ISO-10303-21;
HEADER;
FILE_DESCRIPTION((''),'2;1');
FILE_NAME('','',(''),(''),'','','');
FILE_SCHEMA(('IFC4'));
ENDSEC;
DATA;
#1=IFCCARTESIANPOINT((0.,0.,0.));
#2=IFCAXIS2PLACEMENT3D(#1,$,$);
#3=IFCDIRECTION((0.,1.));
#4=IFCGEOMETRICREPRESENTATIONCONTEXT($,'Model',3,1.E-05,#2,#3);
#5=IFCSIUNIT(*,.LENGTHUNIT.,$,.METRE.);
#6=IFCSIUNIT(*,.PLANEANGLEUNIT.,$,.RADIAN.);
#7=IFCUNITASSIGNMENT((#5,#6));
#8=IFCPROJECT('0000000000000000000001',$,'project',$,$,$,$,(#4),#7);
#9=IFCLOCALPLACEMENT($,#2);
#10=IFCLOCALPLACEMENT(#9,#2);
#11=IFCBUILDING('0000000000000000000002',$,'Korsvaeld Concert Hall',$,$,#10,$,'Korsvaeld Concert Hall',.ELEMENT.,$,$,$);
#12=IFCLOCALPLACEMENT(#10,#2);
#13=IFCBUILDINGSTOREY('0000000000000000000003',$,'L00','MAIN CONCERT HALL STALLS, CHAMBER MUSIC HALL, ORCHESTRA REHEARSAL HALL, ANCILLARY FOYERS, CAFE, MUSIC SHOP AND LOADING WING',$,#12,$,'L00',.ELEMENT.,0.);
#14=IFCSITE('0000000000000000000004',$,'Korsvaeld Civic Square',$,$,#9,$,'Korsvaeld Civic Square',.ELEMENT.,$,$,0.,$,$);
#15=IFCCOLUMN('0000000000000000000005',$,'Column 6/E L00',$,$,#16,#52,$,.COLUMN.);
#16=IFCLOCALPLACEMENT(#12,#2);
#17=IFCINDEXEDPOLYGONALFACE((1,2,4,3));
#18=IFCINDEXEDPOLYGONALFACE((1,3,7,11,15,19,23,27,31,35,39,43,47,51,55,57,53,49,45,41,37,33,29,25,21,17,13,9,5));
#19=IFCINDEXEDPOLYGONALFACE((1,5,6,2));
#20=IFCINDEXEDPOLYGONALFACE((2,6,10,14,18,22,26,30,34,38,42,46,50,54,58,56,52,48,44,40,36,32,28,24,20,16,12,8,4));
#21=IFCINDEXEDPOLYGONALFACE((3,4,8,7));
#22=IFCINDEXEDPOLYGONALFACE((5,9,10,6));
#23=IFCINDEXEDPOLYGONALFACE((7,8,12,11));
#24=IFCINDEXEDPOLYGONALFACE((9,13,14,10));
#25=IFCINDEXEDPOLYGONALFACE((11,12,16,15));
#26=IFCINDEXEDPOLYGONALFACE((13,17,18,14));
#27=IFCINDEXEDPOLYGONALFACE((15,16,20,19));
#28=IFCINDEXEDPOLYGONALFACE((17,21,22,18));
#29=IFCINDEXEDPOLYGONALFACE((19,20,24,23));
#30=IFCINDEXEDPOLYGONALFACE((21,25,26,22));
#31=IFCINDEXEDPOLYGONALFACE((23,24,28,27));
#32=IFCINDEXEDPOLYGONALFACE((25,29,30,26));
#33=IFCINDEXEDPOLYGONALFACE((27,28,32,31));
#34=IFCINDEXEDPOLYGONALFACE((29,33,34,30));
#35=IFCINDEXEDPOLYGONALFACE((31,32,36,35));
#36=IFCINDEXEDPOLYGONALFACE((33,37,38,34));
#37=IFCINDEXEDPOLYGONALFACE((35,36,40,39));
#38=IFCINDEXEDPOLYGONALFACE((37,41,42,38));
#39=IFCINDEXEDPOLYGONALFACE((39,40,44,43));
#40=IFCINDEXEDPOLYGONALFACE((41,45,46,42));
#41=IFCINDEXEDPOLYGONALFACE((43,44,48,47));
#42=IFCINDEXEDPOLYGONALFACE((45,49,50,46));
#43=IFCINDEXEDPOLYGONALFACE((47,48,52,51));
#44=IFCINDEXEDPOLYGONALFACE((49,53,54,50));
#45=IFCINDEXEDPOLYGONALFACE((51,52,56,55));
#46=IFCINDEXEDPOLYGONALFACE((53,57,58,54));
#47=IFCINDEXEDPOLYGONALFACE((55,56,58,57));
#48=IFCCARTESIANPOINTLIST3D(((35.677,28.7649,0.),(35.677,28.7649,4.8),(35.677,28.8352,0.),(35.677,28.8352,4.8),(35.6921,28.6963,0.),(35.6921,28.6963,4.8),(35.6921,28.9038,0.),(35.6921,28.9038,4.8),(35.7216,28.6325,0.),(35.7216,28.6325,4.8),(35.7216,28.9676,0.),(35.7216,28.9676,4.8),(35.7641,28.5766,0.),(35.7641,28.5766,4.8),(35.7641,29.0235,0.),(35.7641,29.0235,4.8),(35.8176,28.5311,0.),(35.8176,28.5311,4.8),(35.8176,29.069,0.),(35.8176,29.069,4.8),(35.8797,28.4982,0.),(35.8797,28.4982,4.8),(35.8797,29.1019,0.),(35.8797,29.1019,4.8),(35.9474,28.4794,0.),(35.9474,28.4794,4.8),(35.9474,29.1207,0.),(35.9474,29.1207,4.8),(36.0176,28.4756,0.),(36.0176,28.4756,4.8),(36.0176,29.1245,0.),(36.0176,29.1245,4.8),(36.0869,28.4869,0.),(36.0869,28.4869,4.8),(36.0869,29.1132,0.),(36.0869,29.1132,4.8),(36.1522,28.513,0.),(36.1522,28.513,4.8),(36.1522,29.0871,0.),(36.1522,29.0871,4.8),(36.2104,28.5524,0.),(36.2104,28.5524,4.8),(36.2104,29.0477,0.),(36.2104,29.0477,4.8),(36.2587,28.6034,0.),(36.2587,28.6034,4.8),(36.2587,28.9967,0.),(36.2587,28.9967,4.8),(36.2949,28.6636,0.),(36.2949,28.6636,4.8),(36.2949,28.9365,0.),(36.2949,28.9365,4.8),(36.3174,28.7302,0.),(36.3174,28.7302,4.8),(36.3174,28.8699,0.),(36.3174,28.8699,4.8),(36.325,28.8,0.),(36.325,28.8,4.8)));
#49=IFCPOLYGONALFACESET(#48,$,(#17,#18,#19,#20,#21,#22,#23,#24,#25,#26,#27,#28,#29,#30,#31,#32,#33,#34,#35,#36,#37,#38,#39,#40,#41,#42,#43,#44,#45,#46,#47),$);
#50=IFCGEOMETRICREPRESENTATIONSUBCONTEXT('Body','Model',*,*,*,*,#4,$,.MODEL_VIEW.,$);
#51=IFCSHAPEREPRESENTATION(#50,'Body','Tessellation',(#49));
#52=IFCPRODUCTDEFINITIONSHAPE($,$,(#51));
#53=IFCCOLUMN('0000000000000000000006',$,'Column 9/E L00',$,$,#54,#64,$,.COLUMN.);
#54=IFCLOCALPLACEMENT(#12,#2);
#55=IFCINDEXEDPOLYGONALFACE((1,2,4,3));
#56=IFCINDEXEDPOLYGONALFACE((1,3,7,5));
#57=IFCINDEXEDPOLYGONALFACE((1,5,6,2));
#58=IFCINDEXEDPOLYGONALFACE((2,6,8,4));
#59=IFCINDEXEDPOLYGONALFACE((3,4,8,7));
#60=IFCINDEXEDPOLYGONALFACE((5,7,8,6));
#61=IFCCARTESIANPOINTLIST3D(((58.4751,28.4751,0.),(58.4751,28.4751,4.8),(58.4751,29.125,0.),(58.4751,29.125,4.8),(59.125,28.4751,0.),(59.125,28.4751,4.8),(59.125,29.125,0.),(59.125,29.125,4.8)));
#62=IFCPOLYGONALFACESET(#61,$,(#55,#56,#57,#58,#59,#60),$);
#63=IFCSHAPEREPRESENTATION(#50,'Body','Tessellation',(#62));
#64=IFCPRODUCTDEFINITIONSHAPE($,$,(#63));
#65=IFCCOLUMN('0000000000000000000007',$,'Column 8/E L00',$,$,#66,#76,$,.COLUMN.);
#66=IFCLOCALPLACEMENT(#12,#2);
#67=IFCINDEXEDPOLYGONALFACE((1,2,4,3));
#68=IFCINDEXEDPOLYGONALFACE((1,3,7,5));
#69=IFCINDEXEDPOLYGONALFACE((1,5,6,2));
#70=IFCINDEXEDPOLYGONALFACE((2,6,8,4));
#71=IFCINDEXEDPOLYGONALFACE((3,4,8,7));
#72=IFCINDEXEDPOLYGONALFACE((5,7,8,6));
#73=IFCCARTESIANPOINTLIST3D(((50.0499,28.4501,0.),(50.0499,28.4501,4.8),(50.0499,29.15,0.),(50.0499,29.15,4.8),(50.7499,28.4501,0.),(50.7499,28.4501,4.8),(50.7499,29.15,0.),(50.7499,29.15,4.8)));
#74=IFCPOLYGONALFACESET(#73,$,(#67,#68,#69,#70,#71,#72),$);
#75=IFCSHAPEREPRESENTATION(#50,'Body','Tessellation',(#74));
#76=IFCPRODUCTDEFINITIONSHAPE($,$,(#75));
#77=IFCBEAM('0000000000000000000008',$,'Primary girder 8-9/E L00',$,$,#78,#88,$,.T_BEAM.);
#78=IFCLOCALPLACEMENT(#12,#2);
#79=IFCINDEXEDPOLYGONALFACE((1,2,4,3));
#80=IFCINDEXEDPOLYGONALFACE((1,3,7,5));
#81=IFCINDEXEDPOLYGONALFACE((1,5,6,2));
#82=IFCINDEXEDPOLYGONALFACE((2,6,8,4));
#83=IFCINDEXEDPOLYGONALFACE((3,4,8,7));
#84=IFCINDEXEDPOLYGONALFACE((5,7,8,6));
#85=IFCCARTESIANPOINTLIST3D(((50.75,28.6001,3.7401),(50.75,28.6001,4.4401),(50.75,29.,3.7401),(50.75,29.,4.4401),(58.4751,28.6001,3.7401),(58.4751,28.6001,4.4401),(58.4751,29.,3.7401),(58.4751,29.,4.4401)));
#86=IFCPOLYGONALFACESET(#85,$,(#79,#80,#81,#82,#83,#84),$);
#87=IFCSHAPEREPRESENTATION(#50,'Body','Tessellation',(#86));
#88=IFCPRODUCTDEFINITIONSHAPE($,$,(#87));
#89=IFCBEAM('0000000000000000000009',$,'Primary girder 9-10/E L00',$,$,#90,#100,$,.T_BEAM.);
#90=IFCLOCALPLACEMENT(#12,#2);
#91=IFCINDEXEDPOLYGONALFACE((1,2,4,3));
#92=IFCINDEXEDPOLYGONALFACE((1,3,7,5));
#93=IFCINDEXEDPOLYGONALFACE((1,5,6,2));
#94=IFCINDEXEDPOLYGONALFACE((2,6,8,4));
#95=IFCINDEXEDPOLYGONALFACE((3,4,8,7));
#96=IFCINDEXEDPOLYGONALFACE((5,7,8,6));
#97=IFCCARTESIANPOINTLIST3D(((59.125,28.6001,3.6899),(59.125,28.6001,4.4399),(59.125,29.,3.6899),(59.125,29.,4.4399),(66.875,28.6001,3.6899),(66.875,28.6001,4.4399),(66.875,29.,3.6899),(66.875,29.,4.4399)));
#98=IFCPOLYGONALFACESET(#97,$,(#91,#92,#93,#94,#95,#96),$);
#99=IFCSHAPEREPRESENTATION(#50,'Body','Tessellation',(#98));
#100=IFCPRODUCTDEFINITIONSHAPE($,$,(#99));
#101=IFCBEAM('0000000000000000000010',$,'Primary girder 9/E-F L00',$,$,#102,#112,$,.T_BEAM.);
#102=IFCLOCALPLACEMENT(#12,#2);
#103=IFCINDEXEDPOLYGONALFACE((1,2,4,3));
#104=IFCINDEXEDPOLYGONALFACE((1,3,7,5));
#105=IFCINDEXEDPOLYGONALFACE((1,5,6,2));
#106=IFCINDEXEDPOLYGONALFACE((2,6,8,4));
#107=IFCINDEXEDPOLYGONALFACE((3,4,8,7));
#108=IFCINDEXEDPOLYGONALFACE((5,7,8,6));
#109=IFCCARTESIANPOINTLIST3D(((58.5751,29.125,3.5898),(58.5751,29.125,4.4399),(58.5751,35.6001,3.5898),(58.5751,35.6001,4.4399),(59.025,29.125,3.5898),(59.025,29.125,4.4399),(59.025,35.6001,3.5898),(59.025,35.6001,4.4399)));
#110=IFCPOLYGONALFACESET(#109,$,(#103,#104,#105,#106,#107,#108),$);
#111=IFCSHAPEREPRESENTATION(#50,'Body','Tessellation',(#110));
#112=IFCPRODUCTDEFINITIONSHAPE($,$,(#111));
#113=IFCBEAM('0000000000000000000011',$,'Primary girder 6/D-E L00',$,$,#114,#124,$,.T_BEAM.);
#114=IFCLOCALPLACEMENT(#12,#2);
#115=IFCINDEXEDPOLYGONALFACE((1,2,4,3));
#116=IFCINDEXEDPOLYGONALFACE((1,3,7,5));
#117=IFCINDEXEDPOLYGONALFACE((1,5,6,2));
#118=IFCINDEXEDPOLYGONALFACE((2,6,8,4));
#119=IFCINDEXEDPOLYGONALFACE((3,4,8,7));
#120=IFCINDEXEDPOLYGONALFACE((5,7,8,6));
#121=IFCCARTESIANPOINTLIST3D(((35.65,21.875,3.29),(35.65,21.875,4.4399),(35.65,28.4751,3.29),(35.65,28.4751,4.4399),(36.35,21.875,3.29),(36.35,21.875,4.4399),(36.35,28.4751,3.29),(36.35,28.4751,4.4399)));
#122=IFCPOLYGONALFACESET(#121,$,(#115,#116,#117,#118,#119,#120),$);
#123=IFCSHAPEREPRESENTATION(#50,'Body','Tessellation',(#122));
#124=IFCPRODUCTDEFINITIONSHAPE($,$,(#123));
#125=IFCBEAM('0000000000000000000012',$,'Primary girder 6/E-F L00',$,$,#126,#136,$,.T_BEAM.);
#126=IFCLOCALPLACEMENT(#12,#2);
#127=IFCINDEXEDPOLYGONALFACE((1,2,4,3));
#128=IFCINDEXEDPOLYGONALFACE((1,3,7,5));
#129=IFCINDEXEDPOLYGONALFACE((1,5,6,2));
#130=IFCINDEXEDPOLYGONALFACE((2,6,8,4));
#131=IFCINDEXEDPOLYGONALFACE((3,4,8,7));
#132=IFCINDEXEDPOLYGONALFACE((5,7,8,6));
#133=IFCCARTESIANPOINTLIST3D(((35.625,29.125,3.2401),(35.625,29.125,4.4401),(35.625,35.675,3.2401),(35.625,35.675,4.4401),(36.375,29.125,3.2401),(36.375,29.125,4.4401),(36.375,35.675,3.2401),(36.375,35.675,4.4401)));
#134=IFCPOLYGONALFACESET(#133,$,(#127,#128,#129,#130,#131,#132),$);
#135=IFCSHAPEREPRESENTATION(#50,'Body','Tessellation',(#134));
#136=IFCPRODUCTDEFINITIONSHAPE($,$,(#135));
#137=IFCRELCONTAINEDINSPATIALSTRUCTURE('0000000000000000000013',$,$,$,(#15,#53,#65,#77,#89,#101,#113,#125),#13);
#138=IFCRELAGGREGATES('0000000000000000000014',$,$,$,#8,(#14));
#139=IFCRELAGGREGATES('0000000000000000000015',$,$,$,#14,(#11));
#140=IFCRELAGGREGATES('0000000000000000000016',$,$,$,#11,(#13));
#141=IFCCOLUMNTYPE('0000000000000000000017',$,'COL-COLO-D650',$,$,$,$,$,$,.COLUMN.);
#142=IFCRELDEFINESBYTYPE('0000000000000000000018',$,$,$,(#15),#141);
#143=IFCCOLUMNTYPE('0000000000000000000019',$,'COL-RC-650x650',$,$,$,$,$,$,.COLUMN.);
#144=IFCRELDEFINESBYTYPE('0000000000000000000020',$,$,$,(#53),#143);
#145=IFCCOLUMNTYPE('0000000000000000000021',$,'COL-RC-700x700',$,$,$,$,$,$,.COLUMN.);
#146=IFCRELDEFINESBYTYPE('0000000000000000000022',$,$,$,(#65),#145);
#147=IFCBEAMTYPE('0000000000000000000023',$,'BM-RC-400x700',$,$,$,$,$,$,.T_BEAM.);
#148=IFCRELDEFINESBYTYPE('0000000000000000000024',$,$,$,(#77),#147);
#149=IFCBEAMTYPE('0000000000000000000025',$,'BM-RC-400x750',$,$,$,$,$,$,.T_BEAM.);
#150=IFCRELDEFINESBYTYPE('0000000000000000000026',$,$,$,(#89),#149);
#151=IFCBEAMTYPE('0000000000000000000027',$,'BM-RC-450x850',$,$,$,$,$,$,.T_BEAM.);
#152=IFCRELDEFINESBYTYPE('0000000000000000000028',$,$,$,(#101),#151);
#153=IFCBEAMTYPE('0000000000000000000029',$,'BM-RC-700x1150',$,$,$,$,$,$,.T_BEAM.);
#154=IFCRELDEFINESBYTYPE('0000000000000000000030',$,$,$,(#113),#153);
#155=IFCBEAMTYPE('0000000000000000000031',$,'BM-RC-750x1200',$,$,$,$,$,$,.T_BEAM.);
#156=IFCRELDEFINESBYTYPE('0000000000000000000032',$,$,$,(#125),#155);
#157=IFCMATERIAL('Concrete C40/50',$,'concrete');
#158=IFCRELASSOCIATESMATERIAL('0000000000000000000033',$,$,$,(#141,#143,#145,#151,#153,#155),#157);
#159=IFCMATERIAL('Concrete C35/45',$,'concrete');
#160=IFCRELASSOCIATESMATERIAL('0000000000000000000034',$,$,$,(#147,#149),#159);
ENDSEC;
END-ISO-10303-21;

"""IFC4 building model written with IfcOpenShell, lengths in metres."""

from ifc_helpers import new_model, si_unit, direction, frame, origin, origin_2d, place, context, subcontext, project, spatial, rectangle, circle, extrude, material, material_profile, profile_set, type_object, element, save


model = new_model("IFC4")

# Units and contexts
model_context = context("Model", 3, precision=1e-05, world=origin(), true_north=direction((0.0, 1.0)))
body_context = subcontext(model_context, "Body", "Model", "MODEL_VIEW")
ifc_project = project(units=[si_unit("LENGTHUNIT", "METRE"), si_unit("PLANEANGLEUNIT", "RADIAN")], contexts=[model_context])

# Site, building, storey
site_placement = place(None, origin())
site = spatial("IfcSite", under=ifc_project, at=site_placement, Name="Korsvaeld Civic Square", LongName="Korsvaeld Civic Square", CompositionType="ELEMENT", RefElevation=0.0)
building_placement = place(site_placement, origin())
building = spatial("IfcBuilding", under=site, at=building_placement, Name="Korsvaeld Concert Hall", LongName="Korsvaeld Concert Hall", CompositionType="ELEMENT")
storey_placement = place(building_placement, origin())
storey = spatial("IfcBuildingStorey", under=building, at=storey_placement, Name="L00", Description="MAIN CONCERT HALL STALLS, CHAMBER MUSIC HALL, ORCHESTRA REHEARSAL HALL, ANCILLARY FOYERS, CAFE, MUSIC SHOP AND LOADING WING", LongName="L00", CompositionType="ELEMENT", Elevation=0.0)

# Columns
ifc_material_1 = material(Name="Concrete C40/50", Category="concrete")
ifc_material_profile_1 = material_profile(ifc_material_1, circle(Radius=0.325, at=origin_2d()), Name="RC D650")
ifc_profile_set_1 = profile_set([ifc_material_profile_1], Name="Concrete C40/50")
column_type_1 = type_object("IfcColumnType", Name="COL-COLO-D650", PredefinedType="COLUMN", material=ifc_profile_set_1)
column_1_placement = place(storey_placement, frame((36.0, 28.8, 0.0), z_axis=(0.0, 0.0, 1.0), x_axis=(1.0, 0.0, 0.0)))
element("IfcColumn", 1, at=column_1_placement, inside=storey, type_object=column_type_1, Name="Column 6/E L00", PredefinedType="COLUMN", context=body_context, shape_type="SweptSolid", body=[
    extrude(circle(Radius=0.325, at=origin_2d()), origin(), (0.0, 0.0, 1.0), 4.8),
])
ifc_material_profile_2 = material_profile(ifc_material_1, rectangle(XDim=0.6499, YDim=0.6499, at=origin_2d()), Name="RC 650x650")
ifc_profile_set_2 = profile_set([ifc_material_profile_2], Name="Concrete C40/50")
column_type_2 = type_object("IfcColumnType", Name="COL-RC-650x650", PredefinedType="COLUMN", material=ifc_profile_set_2)
column_2_placement = place(storey_placement, frame((58.8, 28.8, 0.0), z_axis=(0.0, 0.0, 1.0), x_axis=(1.0, 0.0, 0.0)))
element("IfcColumn", 2, at=column_2_placement, inside=storey, type_object=column_type_2, Name="Column 9/E L00", PredefinedType="COLUMN", context=body_context, shape_type="SweptSolid", body=[
    extrude(rectangle(XDim=0.6499, YDim=0.6499, at=origin_2d()), origin(), (0.0, 0.0, 1.0), 4.8),
])
ifc_material_profile_3 = material_profile(ifc_material_1, rectangle(XDim=0.7, YDim=0.7, at=origin_2d()), Name="RC 700x700")
ifc_profile_set_3 = profile_set([ifc_material_profile_3], Name="Concrete C40/50")
column_type_3 = type_object("IfcColumnType", Name="COL-RC-700x700", PredefinedType="COLUMN", material=ifc_profile_set_3)
column_3_placement = place(storey_placement, frame((50.3999, 28.8, 0.0), z_axis=(0.0, 0.0, 1.0), x_axis=(1.0, 0.0, 0.0)))
element("IfcColumn", 3, at=column_3_placement, inside=storey, type_object=column_type_3, Name="Column 8/E L00", PredefinedType="COLUMN", context=body_context, shape_type="SweptSolid", body=[
    extrude(rectangle(XDim=0.7, YDim=0.7, at=origin_2d()), origin(), (0.0, 0.0, 1.0), 4.8),
])

# Beams
ifc_material_2 = material(Name="Concrete C35/45", Category="concrete")
ifc_material_profile_4 = material_profile(ifc_material_2, rectangle(XDim=0.3999, YDim=0.7, at=origin_2d()), Name="RC 400x700")
ifc_profile_set_4 = profile_set([ifc_material_profile_4], Name="Concrete C35/45")
beam_type_1 = type_object("IfcBeamType", Name="BM-RC-400x700", PredefinedType="T_BEAM", material=ifc_profile_set_4)
beam_1_placement = place(storey_placement, frame((50.75, 28.8, 4.0901), z_axis=(1.0, 0.0, 0.0), x_axis=(0.0, 1.0, 0.0)))
element("IfcBeam", 4, at=beam_1_placement, inside=storey, type_object=beam_type_1, Name="Primary girder 8-9/E L00", PredefinedType="T_BEAM", context=body_context, shape_type="SweptSolid", body=[
    extrude(rectangle(XDim=0.3999, YDim=0.7, at=origin_2d()), origin(), (0.0, 0.0, 1.0), 7.7251),
])
ifc_material_profile_5 = material_profile(ifc_material_2, rectangle(XDim=0.3999, YDim=0.75, at=origin_2d()), Name="RC 400x750")
ifc_profile_set_5 = profile_set([ifc_material_profile_5], Name="Concrete C35/45")
beam_type_2 = type_object("IfcBeamType", Name="BM-RC-400x750", PredefinedType="T_BEAM", material=ifc_profile_set_5)
beam_2_placement = place(storey_placement, frame((59.125, 28.8, 4.0649), z_axis=(1.0, 0.0, 0.0), x_axis=(0.0, 1.0, 0.0)))
element("IfcBeam", 5, at=beam_2_placement, inside=storey, type_object=beam_type_2, Name="Primary girder 9-10/E L00", PredefinedType="T_BEAM", context=body_context, shape_type="SweptSolid", body=[
    extrude(rectangle(XDim=0.3999, YDim=0.75, at=origin_2d()), origin(), (0.0, 0.0, 1.0), 7.75),
])
ifc_material_profile_6 = material_profile(ifc_material_1, rectangle(XDim=0.45, YDim=0.8501, at=origin_2d()), Name="RC 450x850")
ifc_profile_set_6 = profile_set([ifc_material_profile_6], Name="Concrete C40/50")
beam_type_3 = type_object("IfcBeamType", Name="BM-RC-450x850", PredefinedType="T_BEAM", material=ifc_profile_set_6)
beam_3_placement = place(storey_placement, frame((58.8, 29.125, 4.0149), z_axis=(0.0, 1.0, 0.0), x_axis=(-1.0, 0.0, 0.0)))
element("IfcBeam", 6, at=beam_3_placement, inside=storey, type_object=beam_type_3, Name="Primary girder 9/E-F L00", PredefinedType="T_BEAM", context=body_context, shape_type="SweptSolid", body=[
    extrude(rectangle(XDim=0.45, YDim=0.8501, at=origin_2d()), origin(), (0.0, 0.0, 1.0), 6.4751),
])
ifc_material_profile_7 = material_profile(ifc_material_1, rectangle(XDim=0.7, YDim=1.1499, at=origin_2d()), Name="RC 700x1150")
ifc_profile_set_7 = profile_set([ifc_material_profile_7], Name="Concrete C40/50")
beam_type_4 = type_object("IfcBeamType", Name="BM-RC-700x1150", PredefinedType="T_BEAM", material=ifc_profile_set_7)
beam_4_placement = place(storey_placement, frame((36.0, 21.875, 3.865), z_axis=(0.0, 1.0, 0.0), x_axis=(-1.0, 0.0, 0.0)))
element("IfcBeam", 7, at=beam_4_placement, inside=storey, type_object=beam_type_4, Name="Primary girder 6/D-E L00", PredefinedType="T_BEAM", context=body_context, shape_type="SweptSolid", body=[
    extrude(rectangle(XDim=0.7, YDim=1.1499, at=origin_2d()), origin(), (0.0, 0.0, 1.0), 6.6001),
])
ifc_material_profile_8 = material_profile(ifc_material_1, rectangle(XDim=0.75, YDim=1.2, at=origin_2d()), Name="RC 750x1200")
ifc_profile_set_8 = profile_set([ifc_material_profile_8], Name="Concrete C40/50")
beam_type_5 = type_object("IfcBeamType", Name="BM-RC-750x1200", PredefinedType="T_BEAM", material=ifc_profile_set_8)
beam_5_placement = place(storey_placement, frame((36.0, 29.125, 3.8401), z_axis=(0.0, 1.0, 0.0), x_axis=(-1.0, 0.0, 0.0)))
element("IfcBeam", 8, at=beam_5_placement, inside=storey, type_object=beam_type_5, Name="Primary girder 6/E-F L00", PredefinedType="T_BEAM", context=body_context, shape_type="SweptSolid", body=[
    extrude(rectangle(XDim=0.75, YDim=1.2, at=origin_2d()), origin(), (0.0, 0.0, 1.0), 6.55),
])

save(model, "model.ifc")
